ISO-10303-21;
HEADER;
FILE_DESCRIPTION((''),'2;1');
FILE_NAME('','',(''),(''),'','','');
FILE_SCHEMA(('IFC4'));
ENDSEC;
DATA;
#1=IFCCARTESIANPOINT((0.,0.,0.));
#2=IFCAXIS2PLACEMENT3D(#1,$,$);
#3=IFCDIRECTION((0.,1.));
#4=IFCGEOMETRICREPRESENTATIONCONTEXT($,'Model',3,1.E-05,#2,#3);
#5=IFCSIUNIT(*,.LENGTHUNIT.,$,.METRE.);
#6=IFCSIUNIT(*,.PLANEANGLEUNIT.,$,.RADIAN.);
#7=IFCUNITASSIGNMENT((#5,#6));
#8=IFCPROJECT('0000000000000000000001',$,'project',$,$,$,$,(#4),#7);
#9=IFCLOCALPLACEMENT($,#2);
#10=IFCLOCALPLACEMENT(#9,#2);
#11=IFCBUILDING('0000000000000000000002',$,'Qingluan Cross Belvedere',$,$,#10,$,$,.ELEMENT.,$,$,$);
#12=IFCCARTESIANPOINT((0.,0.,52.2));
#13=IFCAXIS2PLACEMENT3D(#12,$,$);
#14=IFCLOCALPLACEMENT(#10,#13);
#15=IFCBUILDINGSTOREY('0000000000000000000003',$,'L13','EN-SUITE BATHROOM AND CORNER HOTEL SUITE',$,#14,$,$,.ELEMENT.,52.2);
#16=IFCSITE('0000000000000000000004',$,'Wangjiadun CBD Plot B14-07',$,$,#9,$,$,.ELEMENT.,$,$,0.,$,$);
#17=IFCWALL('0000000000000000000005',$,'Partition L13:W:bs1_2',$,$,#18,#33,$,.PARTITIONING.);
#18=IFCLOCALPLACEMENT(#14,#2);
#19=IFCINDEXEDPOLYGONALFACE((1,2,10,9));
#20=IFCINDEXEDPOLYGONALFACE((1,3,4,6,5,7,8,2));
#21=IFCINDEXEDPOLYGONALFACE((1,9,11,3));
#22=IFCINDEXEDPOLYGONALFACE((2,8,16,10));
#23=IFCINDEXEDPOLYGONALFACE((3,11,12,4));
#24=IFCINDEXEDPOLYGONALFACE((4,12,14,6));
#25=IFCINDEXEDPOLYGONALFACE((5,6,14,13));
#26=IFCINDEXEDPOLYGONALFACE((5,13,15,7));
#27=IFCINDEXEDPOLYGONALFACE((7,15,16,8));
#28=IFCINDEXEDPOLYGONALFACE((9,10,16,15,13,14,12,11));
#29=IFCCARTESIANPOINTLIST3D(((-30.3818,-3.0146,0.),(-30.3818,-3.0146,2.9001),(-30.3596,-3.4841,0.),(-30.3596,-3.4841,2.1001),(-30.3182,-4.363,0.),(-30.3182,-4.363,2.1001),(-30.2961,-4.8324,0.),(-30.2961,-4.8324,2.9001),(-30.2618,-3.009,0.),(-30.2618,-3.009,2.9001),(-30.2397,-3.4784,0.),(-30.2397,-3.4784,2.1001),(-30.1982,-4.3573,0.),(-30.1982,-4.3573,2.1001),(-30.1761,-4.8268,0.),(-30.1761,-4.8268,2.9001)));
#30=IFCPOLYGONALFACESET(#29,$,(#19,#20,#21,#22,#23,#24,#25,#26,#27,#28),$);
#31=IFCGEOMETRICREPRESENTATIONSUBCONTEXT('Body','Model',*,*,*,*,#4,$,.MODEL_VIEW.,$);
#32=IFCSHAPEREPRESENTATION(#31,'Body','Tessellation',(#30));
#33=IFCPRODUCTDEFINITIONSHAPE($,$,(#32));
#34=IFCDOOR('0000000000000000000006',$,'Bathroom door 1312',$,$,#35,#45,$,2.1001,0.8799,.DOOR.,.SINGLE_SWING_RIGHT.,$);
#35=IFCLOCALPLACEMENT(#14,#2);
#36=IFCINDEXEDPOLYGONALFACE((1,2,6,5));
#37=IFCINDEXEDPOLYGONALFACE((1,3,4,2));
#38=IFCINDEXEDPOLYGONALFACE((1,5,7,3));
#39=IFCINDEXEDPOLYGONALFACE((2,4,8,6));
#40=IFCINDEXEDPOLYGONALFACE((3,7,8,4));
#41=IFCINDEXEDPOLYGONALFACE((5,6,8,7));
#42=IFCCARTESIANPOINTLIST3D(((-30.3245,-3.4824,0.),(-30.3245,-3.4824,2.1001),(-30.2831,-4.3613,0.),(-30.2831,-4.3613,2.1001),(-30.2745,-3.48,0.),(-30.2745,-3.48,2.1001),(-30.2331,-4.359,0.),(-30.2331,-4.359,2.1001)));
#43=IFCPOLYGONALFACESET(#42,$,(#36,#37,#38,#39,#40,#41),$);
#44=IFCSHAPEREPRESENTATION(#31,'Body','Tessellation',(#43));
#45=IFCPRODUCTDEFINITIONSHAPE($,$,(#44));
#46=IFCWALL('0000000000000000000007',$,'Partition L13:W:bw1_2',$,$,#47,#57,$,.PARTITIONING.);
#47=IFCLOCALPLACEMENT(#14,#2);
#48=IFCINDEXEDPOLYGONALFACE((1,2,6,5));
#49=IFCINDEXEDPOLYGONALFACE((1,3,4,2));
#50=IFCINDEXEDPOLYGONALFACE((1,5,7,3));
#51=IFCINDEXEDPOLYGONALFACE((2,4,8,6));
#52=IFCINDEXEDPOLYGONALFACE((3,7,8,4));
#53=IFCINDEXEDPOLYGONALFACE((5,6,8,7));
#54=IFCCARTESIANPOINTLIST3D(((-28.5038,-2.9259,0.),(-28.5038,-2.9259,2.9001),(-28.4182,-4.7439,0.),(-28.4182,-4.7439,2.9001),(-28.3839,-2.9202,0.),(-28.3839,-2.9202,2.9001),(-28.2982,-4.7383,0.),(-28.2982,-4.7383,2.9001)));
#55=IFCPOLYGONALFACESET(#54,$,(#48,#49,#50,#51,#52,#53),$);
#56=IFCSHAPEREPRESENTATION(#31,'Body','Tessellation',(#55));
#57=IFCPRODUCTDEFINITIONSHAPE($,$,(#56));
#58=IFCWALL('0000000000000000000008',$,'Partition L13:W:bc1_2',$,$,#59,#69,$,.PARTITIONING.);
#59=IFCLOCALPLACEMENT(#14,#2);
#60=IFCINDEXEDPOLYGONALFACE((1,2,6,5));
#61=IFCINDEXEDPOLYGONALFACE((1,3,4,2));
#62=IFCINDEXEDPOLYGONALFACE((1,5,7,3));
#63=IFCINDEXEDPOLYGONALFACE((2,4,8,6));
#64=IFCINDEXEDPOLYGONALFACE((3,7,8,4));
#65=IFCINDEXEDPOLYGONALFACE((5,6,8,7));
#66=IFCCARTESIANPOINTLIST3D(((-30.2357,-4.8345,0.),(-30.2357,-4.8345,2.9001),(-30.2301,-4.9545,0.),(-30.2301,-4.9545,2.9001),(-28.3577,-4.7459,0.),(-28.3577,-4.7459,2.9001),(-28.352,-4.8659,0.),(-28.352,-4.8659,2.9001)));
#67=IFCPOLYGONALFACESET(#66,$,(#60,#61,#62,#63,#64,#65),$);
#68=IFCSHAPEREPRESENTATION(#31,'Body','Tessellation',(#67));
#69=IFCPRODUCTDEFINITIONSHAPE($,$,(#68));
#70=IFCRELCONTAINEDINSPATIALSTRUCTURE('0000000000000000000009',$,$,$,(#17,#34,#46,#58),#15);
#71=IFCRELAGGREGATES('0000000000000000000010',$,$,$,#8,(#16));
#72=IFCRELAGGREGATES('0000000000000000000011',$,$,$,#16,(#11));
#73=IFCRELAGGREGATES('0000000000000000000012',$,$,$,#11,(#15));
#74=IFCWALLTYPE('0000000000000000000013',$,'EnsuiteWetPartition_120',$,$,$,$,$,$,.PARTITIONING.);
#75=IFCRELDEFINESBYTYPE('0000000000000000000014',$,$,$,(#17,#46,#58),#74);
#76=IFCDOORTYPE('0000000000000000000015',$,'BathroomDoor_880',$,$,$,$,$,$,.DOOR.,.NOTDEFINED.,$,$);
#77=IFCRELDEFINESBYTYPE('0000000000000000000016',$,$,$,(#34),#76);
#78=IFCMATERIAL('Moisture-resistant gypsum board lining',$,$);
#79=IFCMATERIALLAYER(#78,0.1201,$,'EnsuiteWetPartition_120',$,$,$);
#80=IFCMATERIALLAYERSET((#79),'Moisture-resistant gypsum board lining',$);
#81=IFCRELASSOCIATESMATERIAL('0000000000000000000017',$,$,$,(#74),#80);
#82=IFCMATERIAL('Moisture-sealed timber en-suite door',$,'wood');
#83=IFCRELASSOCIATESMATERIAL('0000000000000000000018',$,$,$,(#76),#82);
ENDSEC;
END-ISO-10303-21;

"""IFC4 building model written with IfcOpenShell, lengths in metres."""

from ifc_helpers import new_model, si_unit, direction, frame, frame_2d, origin, place, context, subcontext, project, spatial, rectangle, extrude, material, layer, layer_set, type_object, element, fill, save


model = new_model("IFC4")

# Units and contexts
model_context = context("Model", 3, precision=1e-05, world=origin(), true_north=direction((0.0, 1.0)))
body_context = subcontext(model_context, "Body", "Model", "MODEL_VIEW")
ifc_project = project(units=[si_unit("LENGTHUNIT", "METRE"), si_unit("PLANEANGLEUNIT", "RADIAN")], contexts=[model_context])

# Site, building, storey
site_placement = place(None, origin())
site = spatial("IfcSite", under=ifc_project, at=site_placement, Name="Wangjiadun CBD Plot B14-07", CompositionType="ELEMENT", RefElevation=0.0)
building_placement = place(site_placement, origin())
building = spatial("IfcBuilding", under=site, at=building_placement, Name="Qingluan Cross Belvedere", CompositionType="ELEMENT")
storey_placement = place(building_placement, frame((0.0, 0.0, 52.2)))
storey = spatial("IfcBuildingStorey", under=building, at=storey_placement, Name="L13", Description="EN-SUITE BATHROOM AND CORNER HOTEL SUITE", CompositionType="ELEMENT", Elevation=52.2)

# Shared definitions
ifc_material_1 = material(Name="Moisture-resistant gypsum board lining")
ifc_layer_1 = layer(ifc_material_1, 0.1201, Name="EnsuiteWetPartition_120")
ifc_layer_set_1 = layer_set([ifc_layer_1], Name="Moisture-resistant gypsum board lining")
wall_type_1 = type_object("IfcWallType", Name="EnsuiteWetPartition_120", PredefinedType="PARTITIONING", material=ifc_layer_set_1)
ifc_material_2 = material(Name="Moisture-sealed timber en-suite door", Category="wood")
door_type_1 = type_object("IfcDoorType", Name="BathroomDoor_880", OperationType="NOTDEFINED", PredefinedType="DOOR", material=ifc_material_2)

# Wall, opening, door
wall_1_placement = place(storey_placement, frame((-30.2361, -4.8296, 0.0), z_axis=(0.0, 0.0, 1.0), x_axis=(-0.047087, 0.998891, 0.0)))
wall_1 = element("IfcWall", 1, at=wall_1_placement, inside=storey, type_object=wall_type_1, Name="Partition L13:W:bs1_2", PredefinedType="PARTITIONING", context=body_context, shape_type="SweptSolid", body=[
    extrude(rectangle(XDim=1.8198, YDim=0.1201, at=frame_2d((0.9099, 0.0))), origin(), (0.0, 0.0, 1.0), 2.9001),
])
opening_1_placement = place(wall_1_placement, frame((0.47, 0.0, 0.0)))
opening_1 = element("IfcOpeningElement", 2, at=opening_1_placement, cuts=wall_1, PredefinedType="OPENING", context=body_context, shape_type="SweptSolid", body=[
    extrude(rectangle(XDim=0.8799, YDim=2.1001, at=frame_2d((0.4399, 1.05))), frame((0.0, 0.0701, 0.0), z_axis=(0.0, -1.0, 0.0), x_axis=(1.0, 0.0, 0.0)), (0.0, 0.0, 1.0), 0.1401),
])
door_1_placement = place(opening_1_placement, origin())
door_1 = element("IfcDoor", 3, at=door_1_placement, inside=storey, type_object=door_type_1, Name="Bathroom door 1312", OperationType="SINGLE_SWING_RIGHT", OverallHeight=2.1001, OverallWidth=0.8799, PredefinedType="DOOR", context=body_context, shape_type="SweptSolid", body=[
    extrude(rectangle(XDim=0.8799, YDim=2.1001, at=frame_2d((0.4399, 1.05))), frame((0.0, 0.0249, 0.0), z_axis=(0.0, -1.0, 0.0), x_axis=(1.0, 0.0, 0.0)), (0.0, 0.0, 1.0), 0.05),
])
fill(opening_1, door_1)

# Walls
wall_2_placement = place(storey_placement, frame((-28.3582, -4.7412, 0.0), z_axis=(0.0, 0.0, 1.0), x_axis=(-0.047081, 0.998891, 0.0)))
element("IfcWall", 4, at=wall_2_placement, inside=storey, type_object=wall_type_1, Name="Partition L13:W:bw1_2", PredefinedType="PARTITIONING", context=body_context, shape_type="SweptSolid", body=[
    extrude(rectangle(XDim=1.8201, YDim=0.1201, at=frame_2d((0.9102, 0.0))), origin(), (0.0, 0.0, 1.0), 2.9001),
])
wall_3_placement = place(storey_placement, frame((-28.355, -4.8059, 0.0), z_axis=(0.0, 0.0, 1.0), x_axis=(-0.998888, -0.047139, 0.0)))
element("IfcWall", 5, at=wall_3_placement, inside=storey, type_object=wall_type_1, Name="Partition L13:W:bc1_2", PredefinedType="PARTITIONING", context=body_context, shape_type="SweptSolid", body=[
    extrude(rectangle(XDim=1.8801, YDim=0.1201, at=frame_2d((0.9399, 0.0))), origin(), (0.0, 0.0, 1.0), 2.9001),
])

save(model, "model.ifc")
